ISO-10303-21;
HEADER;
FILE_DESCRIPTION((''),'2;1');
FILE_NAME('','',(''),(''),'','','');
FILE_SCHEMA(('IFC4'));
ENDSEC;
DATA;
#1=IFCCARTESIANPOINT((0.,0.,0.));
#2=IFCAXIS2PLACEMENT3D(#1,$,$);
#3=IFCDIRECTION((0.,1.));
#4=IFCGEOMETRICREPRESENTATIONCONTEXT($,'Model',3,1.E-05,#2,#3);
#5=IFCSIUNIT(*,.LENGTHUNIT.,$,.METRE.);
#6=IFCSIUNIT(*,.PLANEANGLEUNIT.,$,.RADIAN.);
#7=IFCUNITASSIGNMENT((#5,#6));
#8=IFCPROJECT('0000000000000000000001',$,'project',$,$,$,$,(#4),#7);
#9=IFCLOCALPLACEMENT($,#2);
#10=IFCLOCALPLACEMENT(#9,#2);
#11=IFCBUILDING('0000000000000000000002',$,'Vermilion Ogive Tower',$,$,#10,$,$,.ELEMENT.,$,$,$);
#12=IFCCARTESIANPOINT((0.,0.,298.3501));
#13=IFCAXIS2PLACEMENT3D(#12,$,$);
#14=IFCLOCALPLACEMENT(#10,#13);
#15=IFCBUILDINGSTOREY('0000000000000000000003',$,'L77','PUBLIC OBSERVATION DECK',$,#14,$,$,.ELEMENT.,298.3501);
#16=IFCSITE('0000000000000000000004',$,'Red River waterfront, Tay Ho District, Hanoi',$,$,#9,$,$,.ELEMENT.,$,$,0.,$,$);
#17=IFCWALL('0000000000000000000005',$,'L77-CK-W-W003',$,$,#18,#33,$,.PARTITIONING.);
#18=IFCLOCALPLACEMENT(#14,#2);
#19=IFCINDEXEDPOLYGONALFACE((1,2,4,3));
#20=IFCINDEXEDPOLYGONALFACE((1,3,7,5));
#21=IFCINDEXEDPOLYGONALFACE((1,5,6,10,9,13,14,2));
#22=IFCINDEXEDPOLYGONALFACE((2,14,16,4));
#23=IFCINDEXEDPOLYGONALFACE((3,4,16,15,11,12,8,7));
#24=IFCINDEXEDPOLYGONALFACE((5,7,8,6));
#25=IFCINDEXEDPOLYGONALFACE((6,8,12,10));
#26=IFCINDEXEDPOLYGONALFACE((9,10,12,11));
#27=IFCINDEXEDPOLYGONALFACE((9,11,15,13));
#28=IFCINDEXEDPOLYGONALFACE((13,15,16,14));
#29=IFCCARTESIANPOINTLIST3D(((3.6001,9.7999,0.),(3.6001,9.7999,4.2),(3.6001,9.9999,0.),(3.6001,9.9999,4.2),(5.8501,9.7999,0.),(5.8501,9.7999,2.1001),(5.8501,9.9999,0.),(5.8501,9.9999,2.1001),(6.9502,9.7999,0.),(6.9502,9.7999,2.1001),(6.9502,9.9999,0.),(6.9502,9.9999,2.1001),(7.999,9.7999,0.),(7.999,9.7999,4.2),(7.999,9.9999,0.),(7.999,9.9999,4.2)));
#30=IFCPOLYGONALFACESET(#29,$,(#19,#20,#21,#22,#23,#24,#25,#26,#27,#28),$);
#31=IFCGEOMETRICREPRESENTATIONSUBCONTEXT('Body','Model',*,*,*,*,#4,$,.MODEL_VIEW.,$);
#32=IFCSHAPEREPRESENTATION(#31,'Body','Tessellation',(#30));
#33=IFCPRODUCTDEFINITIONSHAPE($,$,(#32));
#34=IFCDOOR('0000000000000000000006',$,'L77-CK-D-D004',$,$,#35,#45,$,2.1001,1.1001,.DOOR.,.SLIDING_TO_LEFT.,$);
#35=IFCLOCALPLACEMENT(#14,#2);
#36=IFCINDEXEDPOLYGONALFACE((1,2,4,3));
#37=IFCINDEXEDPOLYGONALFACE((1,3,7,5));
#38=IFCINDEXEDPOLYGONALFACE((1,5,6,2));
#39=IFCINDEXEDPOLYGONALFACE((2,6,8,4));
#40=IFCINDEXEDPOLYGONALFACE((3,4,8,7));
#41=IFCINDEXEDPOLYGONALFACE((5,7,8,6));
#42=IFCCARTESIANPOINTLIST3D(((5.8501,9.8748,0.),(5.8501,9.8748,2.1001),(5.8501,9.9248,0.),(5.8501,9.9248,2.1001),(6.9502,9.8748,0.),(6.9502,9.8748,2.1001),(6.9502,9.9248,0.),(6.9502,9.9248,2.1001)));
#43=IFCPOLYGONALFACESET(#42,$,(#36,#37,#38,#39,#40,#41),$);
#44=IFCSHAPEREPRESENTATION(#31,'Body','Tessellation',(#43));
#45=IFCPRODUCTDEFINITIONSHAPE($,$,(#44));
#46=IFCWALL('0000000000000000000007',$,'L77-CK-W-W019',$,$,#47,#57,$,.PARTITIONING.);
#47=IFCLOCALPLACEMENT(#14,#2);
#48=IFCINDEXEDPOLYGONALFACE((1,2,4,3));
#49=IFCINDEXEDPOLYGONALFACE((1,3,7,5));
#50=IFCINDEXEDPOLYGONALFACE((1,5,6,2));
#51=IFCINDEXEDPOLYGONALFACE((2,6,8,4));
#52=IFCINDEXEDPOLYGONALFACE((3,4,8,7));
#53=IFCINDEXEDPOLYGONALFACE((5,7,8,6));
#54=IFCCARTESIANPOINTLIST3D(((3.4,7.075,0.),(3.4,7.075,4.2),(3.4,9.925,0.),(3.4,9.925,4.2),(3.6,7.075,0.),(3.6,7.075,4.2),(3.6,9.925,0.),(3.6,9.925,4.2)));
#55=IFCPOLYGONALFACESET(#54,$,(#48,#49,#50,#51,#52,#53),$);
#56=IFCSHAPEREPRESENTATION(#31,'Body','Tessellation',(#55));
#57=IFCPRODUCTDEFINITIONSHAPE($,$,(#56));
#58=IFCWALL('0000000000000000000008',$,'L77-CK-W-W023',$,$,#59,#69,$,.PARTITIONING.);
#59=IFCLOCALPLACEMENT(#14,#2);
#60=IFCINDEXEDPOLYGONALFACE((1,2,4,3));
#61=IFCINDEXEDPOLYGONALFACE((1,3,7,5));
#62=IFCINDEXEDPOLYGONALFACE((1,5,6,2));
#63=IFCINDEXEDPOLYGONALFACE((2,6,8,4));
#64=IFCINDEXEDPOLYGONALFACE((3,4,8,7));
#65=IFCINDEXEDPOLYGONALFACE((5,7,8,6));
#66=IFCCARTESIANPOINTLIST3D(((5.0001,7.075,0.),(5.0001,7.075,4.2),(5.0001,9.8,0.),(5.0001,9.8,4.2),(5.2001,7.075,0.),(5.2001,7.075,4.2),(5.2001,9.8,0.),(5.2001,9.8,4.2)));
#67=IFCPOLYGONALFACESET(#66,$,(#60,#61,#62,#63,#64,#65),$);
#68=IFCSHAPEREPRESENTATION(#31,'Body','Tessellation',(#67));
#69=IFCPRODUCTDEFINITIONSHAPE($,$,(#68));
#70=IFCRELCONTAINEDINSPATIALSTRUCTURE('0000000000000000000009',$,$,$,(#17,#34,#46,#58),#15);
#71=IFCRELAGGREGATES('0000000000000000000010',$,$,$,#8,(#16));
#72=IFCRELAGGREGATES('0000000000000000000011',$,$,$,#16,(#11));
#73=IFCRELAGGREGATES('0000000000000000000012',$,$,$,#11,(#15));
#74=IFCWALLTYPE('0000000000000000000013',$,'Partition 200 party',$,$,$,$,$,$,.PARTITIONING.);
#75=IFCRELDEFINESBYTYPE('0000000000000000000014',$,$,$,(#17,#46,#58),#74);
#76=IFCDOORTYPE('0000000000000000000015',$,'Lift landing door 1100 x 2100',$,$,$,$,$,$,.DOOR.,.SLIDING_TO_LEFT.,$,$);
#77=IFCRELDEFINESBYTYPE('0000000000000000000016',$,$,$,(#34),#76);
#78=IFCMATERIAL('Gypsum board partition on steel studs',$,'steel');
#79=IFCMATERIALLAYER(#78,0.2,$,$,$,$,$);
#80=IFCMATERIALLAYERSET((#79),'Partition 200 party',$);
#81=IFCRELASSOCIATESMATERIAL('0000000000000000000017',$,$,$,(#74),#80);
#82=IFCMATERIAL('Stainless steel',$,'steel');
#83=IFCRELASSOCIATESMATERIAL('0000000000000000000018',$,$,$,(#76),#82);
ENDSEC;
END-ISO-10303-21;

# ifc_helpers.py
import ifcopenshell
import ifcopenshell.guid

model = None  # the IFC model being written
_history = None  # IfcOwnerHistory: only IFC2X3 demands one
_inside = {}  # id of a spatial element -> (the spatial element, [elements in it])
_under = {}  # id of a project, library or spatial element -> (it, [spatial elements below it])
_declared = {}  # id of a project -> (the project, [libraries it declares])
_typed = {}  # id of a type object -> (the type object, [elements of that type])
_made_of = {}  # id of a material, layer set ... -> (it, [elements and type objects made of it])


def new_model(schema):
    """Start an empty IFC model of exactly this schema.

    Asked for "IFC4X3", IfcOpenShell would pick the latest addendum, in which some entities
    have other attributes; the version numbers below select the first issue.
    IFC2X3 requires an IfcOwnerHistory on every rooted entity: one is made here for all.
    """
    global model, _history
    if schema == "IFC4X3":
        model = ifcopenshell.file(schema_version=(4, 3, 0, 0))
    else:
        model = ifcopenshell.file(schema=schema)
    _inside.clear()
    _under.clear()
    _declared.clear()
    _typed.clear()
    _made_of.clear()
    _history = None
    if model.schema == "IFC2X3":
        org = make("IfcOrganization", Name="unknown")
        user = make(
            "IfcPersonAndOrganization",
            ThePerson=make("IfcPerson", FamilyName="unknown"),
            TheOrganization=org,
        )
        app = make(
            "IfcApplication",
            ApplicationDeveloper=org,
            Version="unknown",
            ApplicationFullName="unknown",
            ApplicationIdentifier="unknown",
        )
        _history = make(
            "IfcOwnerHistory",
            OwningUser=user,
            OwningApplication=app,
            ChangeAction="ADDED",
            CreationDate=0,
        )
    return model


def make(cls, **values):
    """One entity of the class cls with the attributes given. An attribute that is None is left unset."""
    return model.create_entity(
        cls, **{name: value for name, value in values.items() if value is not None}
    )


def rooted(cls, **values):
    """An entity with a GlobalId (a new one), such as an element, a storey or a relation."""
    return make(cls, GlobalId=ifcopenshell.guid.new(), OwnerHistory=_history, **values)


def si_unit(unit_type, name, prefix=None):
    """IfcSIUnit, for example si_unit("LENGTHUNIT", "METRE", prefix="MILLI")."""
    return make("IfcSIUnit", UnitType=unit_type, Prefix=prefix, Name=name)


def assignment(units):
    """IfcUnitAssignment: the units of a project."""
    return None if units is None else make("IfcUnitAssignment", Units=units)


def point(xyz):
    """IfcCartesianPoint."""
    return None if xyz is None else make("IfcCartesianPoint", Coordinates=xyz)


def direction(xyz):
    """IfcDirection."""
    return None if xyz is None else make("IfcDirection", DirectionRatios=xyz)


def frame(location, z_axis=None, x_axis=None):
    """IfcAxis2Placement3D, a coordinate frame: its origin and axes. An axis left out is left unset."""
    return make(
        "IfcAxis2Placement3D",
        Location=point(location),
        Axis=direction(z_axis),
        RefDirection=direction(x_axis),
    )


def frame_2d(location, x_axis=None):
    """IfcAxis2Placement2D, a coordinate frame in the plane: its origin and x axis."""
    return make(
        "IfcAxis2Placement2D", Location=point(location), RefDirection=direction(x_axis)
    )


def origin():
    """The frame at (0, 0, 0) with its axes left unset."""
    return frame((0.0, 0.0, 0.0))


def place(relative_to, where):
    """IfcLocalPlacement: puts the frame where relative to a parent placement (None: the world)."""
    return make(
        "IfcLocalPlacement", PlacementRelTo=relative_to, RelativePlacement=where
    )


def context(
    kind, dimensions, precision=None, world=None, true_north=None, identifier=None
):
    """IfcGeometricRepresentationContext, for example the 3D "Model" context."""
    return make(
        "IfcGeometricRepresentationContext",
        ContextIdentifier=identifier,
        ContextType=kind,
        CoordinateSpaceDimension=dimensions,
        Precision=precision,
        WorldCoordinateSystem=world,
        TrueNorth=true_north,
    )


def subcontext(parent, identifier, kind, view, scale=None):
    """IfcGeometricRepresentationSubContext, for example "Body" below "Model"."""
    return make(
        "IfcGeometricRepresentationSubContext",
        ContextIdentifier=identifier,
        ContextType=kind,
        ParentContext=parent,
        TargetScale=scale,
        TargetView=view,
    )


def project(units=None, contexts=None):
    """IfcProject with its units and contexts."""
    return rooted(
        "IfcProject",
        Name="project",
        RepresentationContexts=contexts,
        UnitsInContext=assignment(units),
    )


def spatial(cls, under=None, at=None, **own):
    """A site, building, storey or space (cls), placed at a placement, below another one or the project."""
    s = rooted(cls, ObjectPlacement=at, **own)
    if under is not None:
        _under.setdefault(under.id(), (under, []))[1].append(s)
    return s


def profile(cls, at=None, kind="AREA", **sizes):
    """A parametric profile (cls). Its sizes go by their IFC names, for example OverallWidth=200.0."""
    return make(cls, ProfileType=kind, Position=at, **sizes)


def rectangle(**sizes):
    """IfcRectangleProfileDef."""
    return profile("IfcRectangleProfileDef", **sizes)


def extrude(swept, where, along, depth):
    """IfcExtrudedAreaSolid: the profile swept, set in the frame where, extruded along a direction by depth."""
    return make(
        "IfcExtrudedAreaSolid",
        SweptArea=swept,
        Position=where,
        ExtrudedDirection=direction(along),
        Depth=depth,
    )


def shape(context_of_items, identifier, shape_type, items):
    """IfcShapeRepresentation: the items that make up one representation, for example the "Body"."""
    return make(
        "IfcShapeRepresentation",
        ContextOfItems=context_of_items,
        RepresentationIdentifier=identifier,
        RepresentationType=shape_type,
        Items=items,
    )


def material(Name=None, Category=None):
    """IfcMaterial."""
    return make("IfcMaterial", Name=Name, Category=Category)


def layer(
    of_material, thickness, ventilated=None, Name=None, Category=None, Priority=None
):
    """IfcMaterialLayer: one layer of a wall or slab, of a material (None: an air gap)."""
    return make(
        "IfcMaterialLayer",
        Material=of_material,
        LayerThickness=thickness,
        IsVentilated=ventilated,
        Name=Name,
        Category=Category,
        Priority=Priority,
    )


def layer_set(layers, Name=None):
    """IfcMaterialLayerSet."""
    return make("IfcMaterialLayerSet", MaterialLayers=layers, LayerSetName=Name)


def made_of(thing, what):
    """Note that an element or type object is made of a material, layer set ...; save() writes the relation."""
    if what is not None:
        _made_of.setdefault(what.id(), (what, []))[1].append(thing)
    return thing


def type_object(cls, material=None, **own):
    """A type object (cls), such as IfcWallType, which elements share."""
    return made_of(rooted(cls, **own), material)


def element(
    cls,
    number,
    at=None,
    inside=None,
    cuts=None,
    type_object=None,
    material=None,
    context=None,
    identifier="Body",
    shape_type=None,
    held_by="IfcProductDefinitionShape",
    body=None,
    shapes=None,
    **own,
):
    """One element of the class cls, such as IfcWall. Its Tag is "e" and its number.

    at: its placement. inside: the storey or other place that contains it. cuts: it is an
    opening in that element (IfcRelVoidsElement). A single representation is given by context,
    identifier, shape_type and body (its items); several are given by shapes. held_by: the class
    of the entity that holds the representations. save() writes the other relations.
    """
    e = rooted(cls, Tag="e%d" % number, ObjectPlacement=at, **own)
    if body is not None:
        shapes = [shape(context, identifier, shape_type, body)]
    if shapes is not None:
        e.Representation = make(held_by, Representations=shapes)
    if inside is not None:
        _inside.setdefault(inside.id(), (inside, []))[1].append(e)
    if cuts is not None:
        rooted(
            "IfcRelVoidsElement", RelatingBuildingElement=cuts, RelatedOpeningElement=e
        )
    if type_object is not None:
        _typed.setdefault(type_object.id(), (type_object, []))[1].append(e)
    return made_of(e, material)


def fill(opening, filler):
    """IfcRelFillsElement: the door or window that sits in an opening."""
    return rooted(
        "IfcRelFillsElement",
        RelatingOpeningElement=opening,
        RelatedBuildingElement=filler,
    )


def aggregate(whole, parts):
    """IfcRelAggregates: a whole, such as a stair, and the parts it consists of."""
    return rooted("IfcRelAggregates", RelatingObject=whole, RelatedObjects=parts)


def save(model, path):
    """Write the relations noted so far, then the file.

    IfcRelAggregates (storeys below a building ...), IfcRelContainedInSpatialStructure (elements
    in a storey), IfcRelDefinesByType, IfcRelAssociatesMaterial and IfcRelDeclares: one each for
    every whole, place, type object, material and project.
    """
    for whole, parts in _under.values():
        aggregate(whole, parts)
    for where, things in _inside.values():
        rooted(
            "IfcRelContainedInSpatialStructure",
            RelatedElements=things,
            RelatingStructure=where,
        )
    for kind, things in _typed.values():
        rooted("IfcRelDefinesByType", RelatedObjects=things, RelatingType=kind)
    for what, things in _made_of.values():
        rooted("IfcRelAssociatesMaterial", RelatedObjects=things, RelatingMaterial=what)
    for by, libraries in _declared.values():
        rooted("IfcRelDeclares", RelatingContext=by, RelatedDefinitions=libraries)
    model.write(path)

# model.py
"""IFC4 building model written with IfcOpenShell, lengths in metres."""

from ifc_helpers import new_model, si_unit, direction, frame, frame_2d, origin, place, context, subcontext, project, spatial, rectangle, extrude, material, layer, layer_set, type_object, element, fill, save


model = new_model("IFC4")

# Units and contexts
model_context = context("Model", 3, precision=1e-05, world=origin(), true_north=direction((0.0, 1.0)))
body_context = subcontext(model_context, "Body", "Model", "MODEL_VIEW")
ifc_project = project(units=[si_unit("LENGTHUNIT", "METRE"), si_unit("PLANEANGLEUNIT", "RADIAN")], contexts=[model_context])

# Site, building, storey
site_placement = place(None, origin())
site = spatial("IfcSite", under=ifc_project, at=site_placement, Name="Red River waterfront, Tay Ho District, Hanoi", CompositionType="ELEMENT", RefElevation=0.0)
building_placement = place(site_placement, origin())
building = spatial("IfcBuilding", under=site, at=building_placement, Name="Vermilion Ogive Tower", CompositionType="ELEMENT")
storey_placement = place(building_placement, frame((0.0, 0.0, 298.3501)))
storey = spatial("IfcBuildingStorey", under=building, at=storey_placement, Name="L77", Description="PUBLIC OBSERVATION DECK", CompositionType="ELEMENT", Elevation=298.3501)

# Wall, opening, door
ifc_material_1 = material(Name="Gypsum board partition on steel studs", Category="steel")
ifc_layer_1 = layer(ifc_material_1, 0.2)
ifc_layer_set_1 = layer_set([ifc_layer_1], Name="Partition 200 party")
wall_type_1 = type_object("IfcWallType", Name="Partition 200 party", PredefinedType="PARTITIONING", material=ifc_layer_set_1)
wall_1_placement = place(storey_placement, frame((3.6001, 9.8999, 0.0), z_axis=(0.0, 0.0, 1.0), x_axis=(1.0, 0.0, 0.0)))
wall_1 = element("IfcWall", 1, at=wall_1_placement, inside=storey, type_object=wall_type_1, Name="L77-CK-W-W003", PredefinedType="PARTITIONING", context=body_context, shape_type="SweptSolid", body=[
    extrude(rectangle(XDim=4.3989, YDim=0.2, at=frame_2d((2.1995, 0.0))), origin(), (0.0, 0.0, 1.0), 4.2),
])
opening_1_placement = place(wall_1_placement, frame((2.25, 0.0, 0.0)))
opening_1 = element("IfcOpeningElement", 2, at=opening_1_placement, cuts=wall_1, PredefinedType="OPENING", context=body_context, shape_type="SweptSolid", body=[
    extrude(rectangle(XDim=1.1001, YDim=2.1001, at=frame_2d((0.55, 1.05))), frame((0.0, 0.1099, 0.0), z_axis=(0.0, -1.0, 0.0), x_axis=(1.0, 0.0, 0.0)), (0.0, 0.0, 1.0), 0.22),
])
ifc_material_2 = material(Name="Stainless steel", Category="steel")
door_type_1 = type_object("IfcDoorType", Name="Lift landing door 1100 x 2100", OperationType="SLIDING_TO_LEFT", PredefinedType="DOOR", material=ifc_material_2)
door_1_placement = place(opening_1_placement, origin())
door_1 = element("IfcDoor", 3, at=door_1_placement, inside=storey, type_object=door_type_1, Name="L77-CK-D-D004", OperationType="SLIDING_TO_LEFT", OverallHeight=2.1001, OverallWidth=1.1001, PredefinedType="DOOR", context=body_context, shape_type="SweptSolid", body=[
    extrude(rectangle(XDim=1.1001, YDim=2.1001, at=frame_2d((0.55, 1.05))), frame((0.0, 0.0249, 0.0), z_axis=(0.0, -1.0, 0.0), x_axis=(1.0, 0.0, 0.0)), (0.0, 0.0, 1.0), 0.05),
])
fill(opening_1, door_1)

# Walls
wall_2_placement = place(storey_placement, frame((3.5, 7.075, 0.0), z_axis=(0.0, 0.0, 1.0), x_axis=(0.0, 1.0, 0.0)))
element("IfcWall", 4, at=wall_2_placement, inside=storey, type_object=wall_type_1, Name="L77-CK-W-W019", PredefinedType="PARTITIONING", context=body_context, shape_type="SweptSolid", body=[
    extrude(rectangle(XDim=2.8501, YDim=0.2, at=frame_2d((1.425, 0.0))), origin(), (0.0, 0.0, 1.0), 4.2),
])
wall_3_placement = place(storey_placement, frame((5.1001, 7.075, 0.0), z_axis=(0.0, 0.0, 1.0), x_axis=(0.0, 1.0, 0.0)))
element("IfcWall", 5, at=wall_3_placement, inside=storey, type_object=wall_type_1, Name="L77-CK-W-W023", PredefinedType="PARTITIONING", context=body_context, shape_type="SweptSolid", body=[
    extrude(rectangle(XDim=2.7251, YDim=0.2, at=frame_2d((1.3625, 0.0))), origin(), (0.0, 0.0, 1.0), 4.2),
])

save(model, "model.ifc")
